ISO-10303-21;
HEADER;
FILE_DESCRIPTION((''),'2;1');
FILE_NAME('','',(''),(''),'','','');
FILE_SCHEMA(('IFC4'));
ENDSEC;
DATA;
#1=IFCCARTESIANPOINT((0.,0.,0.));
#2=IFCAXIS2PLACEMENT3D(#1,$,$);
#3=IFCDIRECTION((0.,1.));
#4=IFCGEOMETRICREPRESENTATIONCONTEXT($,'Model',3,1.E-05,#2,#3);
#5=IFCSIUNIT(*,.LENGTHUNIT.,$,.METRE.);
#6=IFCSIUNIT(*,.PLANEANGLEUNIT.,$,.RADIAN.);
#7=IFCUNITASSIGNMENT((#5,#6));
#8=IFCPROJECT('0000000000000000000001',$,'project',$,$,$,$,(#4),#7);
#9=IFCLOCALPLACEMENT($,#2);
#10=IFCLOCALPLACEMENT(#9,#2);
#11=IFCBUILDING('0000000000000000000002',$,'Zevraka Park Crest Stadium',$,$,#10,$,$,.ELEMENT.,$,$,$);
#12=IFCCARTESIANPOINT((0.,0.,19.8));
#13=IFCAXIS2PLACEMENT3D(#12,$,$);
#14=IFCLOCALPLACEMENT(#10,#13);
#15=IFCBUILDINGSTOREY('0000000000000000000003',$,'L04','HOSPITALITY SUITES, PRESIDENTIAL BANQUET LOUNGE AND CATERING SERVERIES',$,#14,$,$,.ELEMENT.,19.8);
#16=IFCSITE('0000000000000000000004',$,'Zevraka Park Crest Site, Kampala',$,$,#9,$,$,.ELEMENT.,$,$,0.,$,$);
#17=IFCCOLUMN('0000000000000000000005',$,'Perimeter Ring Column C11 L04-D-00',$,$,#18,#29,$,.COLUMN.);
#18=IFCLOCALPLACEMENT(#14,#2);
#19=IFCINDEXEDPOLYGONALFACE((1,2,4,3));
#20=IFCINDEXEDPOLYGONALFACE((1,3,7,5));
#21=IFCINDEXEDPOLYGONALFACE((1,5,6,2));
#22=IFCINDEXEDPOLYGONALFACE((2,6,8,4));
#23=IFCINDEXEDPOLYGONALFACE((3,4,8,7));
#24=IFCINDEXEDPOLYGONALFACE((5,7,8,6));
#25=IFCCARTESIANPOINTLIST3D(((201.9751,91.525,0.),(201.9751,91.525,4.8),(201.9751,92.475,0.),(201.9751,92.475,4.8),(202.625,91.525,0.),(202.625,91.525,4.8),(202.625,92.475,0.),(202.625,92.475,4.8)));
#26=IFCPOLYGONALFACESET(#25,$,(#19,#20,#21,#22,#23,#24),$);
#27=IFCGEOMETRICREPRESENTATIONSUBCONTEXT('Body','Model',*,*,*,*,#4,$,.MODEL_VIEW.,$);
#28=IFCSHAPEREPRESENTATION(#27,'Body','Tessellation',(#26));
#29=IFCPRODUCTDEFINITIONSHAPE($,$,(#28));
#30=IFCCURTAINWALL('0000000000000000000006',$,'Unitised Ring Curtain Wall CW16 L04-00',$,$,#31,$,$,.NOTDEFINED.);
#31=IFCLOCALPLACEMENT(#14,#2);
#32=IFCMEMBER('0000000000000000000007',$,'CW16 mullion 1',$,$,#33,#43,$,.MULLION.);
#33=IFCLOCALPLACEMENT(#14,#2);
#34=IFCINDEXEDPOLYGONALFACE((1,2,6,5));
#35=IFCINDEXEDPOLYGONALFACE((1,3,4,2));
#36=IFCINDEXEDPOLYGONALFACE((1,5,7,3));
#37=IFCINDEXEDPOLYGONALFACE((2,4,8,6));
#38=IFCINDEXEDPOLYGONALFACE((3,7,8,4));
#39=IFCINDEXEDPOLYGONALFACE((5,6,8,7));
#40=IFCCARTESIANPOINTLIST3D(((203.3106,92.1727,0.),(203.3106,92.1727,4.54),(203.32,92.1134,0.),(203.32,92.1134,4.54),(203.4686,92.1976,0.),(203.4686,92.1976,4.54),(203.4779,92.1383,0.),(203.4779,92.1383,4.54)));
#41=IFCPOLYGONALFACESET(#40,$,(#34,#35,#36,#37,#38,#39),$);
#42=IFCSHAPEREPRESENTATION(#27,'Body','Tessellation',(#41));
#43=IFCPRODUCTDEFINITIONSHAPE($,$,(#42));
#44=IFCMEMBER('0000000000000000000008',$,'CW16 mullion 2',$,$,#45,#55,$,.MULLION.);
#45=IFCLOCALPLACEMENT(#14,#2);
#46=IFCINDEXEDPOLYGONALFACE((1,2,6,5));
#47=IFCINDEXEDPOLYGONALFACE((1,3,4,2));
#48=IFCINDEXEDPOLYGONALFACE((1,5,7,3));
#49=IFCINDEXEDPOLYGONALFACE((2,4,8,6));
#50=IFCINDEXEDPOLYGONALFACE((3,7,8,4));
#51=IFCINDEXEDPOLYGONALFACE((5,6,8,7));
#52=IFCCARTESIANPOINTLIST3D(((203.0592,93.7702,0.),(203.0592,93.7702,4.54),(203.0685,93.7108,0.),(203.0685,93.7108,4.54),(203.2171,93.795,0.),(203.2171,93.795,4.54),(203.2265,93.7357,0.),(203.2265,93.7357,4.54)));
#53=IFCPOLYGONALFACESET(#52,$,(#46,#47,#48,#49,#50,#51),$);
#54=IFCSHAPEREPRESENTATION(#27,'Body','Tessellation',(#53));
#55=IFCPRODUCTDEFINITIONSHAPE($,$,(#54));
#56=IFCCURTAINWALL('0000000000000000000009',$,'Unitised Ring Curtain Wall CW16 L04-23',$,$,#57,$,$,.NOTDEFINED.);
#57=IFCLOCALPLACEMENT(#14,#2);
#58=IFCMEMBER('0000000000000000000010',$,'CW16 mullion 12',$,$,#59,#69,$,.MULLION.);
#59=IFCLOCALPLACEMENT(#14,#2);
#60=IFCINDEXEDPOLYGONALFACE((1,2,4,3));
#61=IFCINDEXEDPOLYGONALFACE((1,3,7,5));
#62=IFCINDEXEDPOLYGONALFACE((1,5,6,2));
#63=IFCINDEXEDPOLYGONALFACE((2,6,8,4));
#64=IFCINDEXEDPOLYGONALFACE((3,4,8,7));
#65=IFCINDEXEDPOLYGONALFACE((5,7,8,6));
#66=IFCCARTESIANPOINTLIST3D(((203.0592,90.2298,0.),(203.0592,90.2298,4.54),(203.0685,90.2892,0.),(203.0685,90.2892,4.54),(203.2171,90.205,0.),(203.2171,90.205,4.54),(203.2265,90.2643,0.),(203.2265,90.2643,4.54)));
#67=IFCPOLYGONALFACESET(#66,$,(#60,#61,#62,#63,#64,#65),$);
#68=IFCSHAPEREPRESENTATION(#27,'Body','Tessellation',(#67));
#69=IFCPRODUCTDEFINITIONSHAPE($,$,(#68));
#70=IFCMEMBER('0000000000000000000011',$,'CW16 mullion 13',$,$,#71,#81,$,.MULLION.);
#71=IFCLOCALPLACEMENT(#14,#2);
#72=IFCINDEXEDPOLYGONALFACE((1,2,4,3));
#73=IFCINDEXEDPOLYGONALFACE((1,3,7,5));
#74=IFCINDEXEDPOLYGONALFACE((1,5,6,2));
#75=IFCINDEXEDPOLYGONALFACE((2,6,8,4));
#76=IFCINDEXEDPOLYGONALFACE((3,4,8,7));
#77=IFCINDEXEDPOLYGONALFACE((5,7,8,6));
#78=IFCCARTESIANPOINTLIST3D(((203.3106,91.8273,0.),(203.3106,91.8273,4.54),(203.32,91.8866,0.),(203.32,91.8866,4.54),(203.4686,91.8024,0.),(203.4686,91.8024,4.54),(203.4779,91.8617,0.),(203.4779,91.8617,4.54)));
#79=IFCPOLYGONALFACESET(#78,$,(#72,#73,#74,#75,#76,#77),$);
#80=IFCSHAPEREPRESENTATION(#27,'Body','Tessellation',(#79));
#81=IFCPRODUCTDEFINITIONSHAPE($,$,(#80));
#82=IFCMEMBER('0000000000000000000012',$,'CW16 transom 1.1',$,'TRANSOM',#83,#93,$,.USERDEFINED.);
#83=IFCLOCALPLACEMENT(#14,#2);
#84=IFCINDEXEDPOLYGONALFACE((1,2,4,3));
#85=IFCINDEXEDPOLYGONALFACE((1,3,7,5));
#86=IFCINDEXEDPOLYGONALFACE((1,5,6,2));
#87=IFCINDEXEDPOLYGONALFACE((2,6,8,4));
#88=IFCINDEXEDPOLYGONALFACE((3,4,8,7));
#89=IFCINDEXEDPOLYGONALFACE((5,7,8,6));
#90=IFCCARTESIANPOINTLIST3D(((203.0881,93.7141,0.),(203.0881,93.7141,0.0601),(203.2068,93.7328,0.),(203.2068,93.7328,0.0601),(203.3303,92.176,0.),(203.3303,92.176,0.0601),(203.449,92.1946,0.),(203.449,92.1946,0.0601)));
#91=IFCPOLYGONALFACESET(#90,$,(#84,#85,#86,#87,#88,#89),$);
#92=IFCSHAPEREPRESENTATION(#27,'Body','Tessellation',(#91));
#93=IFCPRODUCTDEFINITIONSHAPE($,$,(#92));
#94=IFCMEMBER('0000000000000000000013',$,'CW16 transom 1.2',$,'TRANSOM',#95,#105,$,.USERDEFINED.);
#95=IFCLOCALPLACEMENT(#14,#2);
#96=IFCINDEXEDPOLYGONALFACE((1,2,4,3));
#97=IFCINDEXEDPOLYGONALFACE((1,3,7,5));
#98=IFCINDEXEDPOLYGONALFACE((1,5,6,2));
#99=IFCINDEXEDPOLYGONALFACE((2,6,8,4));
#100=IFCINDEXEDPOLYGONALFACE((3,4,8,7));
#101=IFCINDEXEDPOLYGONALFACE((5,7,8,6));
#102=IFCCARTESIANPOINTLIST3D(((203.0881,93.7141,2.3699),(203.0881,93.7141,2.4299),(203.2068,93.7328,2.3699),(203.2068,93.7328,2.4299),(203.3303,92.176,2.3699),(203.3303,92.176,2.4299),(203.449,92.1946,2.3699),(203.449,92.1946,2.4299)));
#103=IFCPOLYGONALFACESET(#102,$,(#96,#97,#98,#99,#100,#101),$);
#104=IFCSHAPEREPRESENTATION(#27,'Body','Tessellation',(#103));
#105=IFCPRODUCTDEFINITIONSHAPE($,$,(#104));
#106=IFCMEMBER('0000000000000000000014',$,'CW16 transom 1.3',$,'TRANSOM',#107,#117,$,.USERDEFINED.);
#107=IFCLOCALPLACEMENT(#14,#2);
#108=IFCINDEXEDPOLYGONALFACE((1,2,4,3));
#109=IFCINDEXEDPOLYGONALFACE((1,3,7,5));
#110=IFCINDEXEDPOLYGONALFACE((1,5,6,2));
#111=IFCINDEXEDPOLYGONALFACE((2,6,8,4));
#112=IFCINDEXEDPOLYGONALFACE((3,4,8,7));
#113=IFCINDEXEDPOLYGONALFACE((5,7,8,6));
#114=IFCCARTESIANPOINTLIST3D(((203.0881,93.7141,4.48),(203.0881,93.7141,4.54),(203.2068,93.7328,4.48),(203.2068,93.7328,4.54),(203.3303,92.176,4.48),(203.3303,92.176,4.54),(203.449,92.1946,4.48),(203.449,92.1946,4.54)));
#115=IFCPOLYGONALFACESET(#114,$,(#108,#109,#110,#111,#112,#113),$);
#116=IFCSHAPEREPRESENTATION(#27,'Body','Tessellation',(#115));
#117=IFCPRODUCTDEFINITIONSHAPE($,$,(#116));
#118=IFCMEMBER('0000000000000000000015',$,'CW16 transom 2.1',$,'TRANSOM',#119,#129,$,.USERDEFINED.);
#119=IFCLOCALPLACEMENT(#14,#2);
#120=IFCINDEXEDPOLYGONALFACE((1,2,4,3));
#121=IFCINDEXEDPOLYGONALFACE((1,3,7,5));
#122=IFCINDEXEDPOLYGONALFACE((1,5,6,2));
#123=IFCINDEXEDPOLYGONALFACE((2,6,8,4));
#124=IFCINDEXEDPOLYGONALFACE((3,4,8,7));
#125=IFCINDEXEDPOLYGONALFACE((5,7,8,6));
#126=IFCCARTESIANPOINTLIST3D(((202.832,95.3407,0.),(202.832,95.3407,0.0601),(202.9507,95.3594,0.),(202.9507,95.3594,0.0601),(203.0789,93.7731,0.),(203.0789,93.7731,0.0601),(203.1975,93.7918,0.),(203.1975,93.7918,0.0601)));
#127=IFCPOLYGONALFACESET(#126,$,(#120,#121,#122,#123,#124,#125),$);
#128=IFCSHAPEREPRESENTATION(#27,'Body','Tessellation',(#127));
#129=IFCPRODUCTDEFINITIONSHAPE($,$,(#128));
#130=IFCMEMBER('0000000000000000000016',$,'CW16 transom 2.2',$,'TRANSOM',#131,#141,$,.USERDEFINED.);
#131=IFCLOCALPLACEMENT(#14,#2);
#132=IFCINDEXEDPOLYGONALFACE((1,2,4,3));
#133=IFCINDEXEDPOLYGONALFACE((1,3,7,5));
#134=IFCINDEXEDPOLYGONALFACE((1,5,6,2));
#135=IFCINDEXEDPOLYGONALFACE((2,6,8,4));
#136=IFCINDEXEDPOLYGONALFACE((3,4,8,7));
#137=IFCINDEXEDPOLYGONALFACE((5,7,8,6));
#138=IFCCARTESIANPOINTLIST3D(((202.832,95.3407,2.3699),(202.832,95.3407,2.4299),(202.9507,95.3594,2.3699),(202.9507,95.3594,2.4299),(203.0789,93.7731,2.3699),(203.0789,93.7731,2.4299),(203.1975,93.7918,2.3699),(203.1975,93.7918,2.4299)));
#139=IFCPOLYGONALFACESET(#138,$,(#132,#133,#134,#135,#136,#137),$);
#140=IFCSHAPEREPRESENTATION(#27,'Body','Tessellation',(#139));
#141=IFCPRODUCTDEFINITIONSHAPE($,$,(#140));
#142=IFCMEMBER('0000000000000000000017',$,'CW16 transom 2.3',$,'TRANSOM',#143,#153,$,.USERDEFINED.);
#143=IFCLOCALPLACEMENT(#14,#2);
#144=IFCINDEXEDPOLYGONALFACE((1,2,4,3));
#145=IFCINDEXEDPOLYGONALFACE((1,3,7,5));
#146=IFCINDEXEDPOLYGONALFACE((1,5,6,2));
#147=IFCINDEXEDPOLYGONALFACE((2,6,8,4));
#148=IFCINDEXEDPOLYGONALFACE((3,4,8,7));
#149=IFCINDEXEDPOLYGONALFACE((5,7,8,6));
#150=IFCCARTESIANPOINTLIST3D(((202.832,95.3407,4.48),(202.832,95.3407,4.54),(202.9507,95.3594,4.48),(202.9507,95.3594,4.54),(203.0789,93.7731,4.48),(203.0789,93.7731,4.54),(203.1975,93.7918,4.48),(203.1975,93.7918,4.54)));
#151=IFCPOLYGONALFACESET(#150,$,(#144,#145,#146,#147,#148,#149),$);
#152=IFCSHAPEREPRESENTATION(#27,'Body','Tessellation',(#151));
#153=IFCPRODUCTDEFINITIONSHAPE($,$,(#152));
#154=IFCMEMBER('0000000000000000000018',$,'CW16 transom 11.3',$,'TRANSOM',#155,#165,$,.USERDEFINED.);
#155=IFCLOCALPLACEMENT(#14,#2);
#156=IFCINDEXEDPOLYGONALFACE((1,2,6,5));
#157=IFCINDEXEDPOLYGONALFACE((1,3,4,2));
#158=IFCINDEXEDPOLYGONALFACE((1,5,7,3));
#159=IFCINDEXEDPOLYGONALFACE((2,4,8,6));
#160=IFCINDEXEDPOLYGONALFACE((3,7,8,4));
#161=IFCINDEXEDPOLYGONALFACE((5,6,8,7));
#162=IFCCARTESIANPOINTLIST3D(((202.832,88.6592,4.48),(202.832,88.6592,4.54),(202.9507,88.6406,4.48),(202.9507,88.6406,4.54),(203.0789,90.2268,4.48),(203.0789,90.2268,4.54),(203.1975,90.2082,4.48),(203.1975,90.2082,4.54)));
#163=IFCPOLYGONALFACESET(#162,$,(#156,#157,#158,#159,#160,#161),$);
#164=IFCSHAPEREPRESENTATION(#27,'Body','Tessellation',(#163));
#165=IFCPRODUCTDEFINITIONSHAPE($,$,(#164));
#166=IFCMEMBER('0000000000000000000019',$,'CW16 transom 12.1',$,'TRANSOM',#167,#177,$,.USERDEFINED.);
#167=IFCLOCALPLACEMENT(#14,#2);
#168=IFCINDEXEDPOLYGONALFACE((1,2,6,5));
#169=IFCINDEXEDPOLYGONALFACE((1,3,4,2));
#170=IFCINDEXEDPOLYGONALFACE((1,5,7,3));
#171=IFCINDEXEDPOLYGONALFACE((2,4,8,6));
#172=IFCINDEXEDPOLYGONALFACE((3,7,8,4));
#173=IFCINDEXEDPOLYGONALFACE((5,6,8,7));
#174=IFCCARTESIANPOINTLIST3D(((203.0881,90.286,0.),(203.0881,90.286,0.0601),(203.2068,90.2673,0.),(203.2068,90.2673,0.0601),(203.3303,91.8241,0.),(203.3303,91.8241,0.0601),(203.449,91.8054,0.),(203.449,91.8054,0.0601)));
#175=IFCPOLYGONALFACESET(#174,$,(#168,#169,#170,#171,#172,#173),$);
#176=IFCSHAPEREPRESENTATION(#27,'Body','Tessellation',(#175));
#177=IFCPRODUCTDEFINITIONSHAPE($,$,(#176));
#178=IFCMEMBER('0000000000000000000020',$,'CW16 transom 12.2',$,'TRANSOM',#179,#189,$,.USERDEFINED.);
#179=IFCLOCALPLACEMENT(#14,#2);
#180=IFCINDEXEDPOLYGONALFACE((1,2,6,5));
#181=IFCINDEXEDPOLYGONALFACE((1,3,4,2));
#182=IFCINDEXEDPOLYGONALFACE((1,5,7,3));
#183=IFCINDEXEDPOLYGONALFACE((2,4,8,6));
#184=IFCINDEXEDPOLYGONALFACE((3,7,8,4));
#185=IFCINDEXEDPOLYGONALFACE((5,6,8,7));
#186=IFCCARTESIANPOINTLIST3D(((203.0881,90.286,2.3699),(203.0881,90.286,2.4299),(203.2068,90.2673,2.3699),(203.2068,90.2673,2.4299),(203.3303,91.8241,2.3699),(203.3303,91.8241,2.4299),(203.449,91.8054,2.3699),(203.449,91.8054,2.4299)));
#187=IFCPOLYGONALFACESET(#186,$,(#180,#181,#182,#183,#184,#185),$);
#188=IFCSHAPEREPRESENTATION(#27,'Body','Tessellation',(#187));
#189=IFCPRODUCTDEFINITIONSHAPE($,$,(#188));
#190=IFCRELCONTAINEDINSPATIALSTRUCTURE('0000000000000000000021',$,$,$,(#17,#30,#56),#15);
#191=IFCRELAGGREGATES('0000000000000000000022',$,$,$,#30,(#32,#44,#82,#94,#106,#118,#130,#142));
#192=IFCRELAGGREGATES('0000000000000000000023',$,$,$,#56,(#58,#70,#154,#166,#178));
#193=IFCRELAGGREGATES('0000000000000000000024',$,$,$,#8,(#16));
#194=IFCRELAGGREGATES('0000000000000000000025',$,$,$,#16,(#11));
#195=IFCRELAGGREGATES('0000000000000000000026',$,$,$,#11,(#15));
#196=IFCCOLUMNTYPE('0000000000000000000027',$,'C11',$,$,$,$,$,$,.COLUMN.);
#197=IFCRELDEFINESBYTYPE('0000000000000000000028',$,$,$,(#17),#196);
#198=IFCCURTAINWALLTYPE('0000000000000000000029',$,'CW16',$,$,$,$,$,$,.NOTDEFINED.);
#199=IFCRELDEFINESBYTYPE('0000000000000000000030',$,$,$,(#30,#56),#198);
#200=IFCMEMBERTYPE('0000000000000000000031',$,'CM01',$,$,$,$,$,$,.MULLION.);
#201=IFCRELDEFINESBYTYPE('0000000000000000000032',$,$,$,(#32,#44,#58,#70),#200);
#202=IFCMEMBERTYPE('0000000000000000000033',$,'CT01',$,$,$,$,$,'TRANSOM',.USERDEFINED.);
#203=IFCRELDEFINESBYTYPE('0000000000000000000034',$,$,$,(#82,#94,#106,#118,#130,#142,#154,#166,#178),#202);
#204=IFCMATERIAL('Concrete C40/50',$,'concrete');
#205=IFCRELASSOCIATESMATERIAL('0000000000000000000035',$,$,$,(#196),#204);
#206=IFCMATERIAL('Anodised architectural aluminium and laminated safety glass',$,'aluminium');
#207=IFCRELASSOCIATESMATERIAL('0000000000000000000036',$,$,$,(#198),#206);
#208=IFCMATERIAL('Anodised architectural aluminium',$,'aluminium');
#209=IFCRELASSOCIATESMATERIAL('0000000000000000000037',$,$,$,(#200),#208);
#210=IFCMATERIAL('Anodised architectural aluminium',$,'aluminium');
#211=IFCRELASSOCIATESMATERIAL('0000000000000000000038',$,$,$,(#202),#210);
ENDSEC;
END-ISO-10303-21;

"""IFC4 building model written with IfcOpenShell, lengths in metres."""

from ifc_helpers import new_model, si_unit, direction, frame, origin, origin_2d, place, context, subcontext, project, spatial, rectangle, extrude, material, material_profile, profile_set, type_object, element, aggregate, save


model = new_model("IFC4")

# Units and contexts
model_context = context("Model", 3, precision=1e-05, world=origin(), true_north=direction((0.0, 1.0)))
body_context = subcontext(model_context, "Body", "Model", "MODEL_VIEW")
ifc_project = project(units=[si_unit("LENGTHUNIT", "METRE"), si_unit("PLANEANGLEUNIT", "RADIAN")], contexts=[model_context])

# Site, building, storey
site_placement = place(None, origin())
site = spatial("IfcSite", under=ifc_project, at=site_placement, Name="Zevraka Park Crest Site, Kampala", CompositionType="ELEMENT", RefElevation=0.0)
building_placement = place(site_placement, origin())
building = spatial("IfcBuilding", under=site, at=building_placement, Name="Zevraka Park Crest Stadium", CompositionType="ELEMENT")
storey_placement = place(building_placement, frame((0.0, 0.0, 19.8)))
storey = spatial("IfcBuildingStorey", under=building, at=storey_placement, Name="L04", Description="HOSPITALITY SUITES, PRESIDENTIAL BANQUET LOUNGE AND CATERING SERVERIES", CompositionType="ELEMENT", Elevation=19.8)

# Column
ifc_material_1 = material(Name="Concrete C40/50", Category="concrete")
ifc_material_profile_1 = material_profile(ifc_material_1, rectangle(XDim=0.6499, YDim=0.95, at=origin_2d()), Name="RC 950x650")
ifc_profile_set_1 = profile_set([ifc_material_profile_1], Name="Concrete C40/50")
column_type = type_object("IfcColumnType", Name="C11", PredefinedType="COLUMN", material=ifc_profile_set_1)
column_placement = place(storey_placement, frame((202.3, 92.0, 0.0), z_axis=(0.0, 0.0, 1.0), x_axis=(1.0, 0.0, 0.0)))
element("IfcColumn", 1, at=column_placement, inside=storey, type_object=column_type, Name="Perimeter Ring Column C11 L04-D-00", PredefinedType="COLUMN", context=body_context, shape_type="SweptSolid", body=[
    extrude(rectangle(XDim=0.6499, YDim=0.95, at=origin_2d()), origin(), (0.0, 0.0, 1.0), 4.8),
])

# Curtain walls, members
ifc_material_2 = material(Name="Anodised architectural aluminium and laminated safety glass", Category="aluminium")
curtain_wall_type = type_object("IfcCurtainWallType", Name="CW16", PredefinedType="NOTDEFINED", material=ifc_material_2)
curtain_wall_1_placement = place(storey_placement, origin())
curtain_wall_1 = element("IfcCurtainWall", 2, at=curtain_wall_1_placement, inside=storey, type_object=curtain_wall_type, Name="Unitised Ring Curtain Wall CW16 L04-00", PredefinedType="NOTDEFINED")
ifc_material_3 = material(Name="Anodised architectural aluminium", Category="aluminium")
ifc_material_profile_2 = material_profile(ifc_material_3, rectangle(XDim=0.1599, YDim=0.0601, at=origin_2d()), Name="ALU MULLION 160x60")
ifc_profile_set_2 = profile_set([ifc_material_profile_2], Name="Anodised architectural aluminium")
member_type_1 = type_object("IfcMemberType", Name="CM01", PredefinedType="MULLION", material=ifc_profile_set_2)
member_1_placement = place(storey_placement, frame((203.3943, 92.1555, 0.0), z_axis=(0.0, 0.0, 1.0), x_axis=(-0.98783, -0.155539, 0.0)))
member_1 = element("IfcMember", 3, at=member_1_placement, type_object=member_type_1, Name="CW16 mullion 1", PredefinedType="MULLION", context=body_context, shape_type="SweptSolid", body=[
    extrude(rectangle(XDim=0.1599, YDim=0.0601, at=origin_2d()), origin(), (0.0, 0.0, 1.0), 4.54),
])
member_2_placement = place(storey_placement, frame((203.1428, 93.7529, 0.0), z_axis=(0.0, 0.0, 1.0), x_axis=(-0.98783, -0.155539, 0.0)))
member_2 = element("IfcMember", 4, at=member_2_placement, type_object=member_type_1, Name="CW16 mullion 2", PredefinedType="MULLION", context=body_context, shape_type="SweptSolid", body=[
    extrude(rectangle(XDim=0.1599, YDim=0.0601, at=origin_2d()), origin(), (0.0, 0.0, 1.0), 4.54),
])
curtain_wall_2_placement = place(storey_placement, origin())
curtain_wall_2 = element("IfcCurtainWall", 5, at=curtain_wall_2_placement, inside=storey, type_object=curtain_wall_type, Name="Unitised Ring Curtain Wall CW16 L04-23", PredefinedType="NOTDEFINED")
member_3_placement = place(storey_placement, frame((203.1428, 90.2471, 0.0), z_axis=(0.0, 0.0, 1.0), x_axis=(-0.98783, 0.155539, 0.0)))
member_3 = element("IfcMember", 6, at=member_3_placement, type_object=member_type_1, Name="CW16 mullion 12", PredefinedType="MULLION", context=body_context, shape_type="SweptSolid", body=[
    extrude(rectangle(XDim=0.1599, YDim=0.0601, at=origin_2d()), origin(), (0.0, 0.0, 1.0), 4.54),
])
member_4_placement = place(storey_placement, frame((203.3943, 91.8445, 0.0), z_axis=(0.0, 0.0, 1.0), x_axis=(-0.98783, 0.155539, 0.0)))
member_4 = element("IfcMember", 7, at=member_4_placement, type_object=member_type_1, Name="CW16 mullion 13", PredefinedType="MULLION", context=body_context, shape_type="SweptSolid", body=[
    extrude(rectangle(XDim=0.1599, YDim=0.0601, at=origin_2d()), origin(), (0.0, 0.0, 1.0), 4.54),
])

# Members
ifc_material_4 = material(Name="Anodised architectural aluminium", Category="aluminium")
ifc_material_profile_3 = material_profile(ifc_material_4, rectangle(XDim=0.1201, YDim=0.0601, at=origin_2d()), Name="ALU TRANSOM 120x60")
ifc_profile_set_3 = profile_set([ifc_material_profile_3], Name="Anodised architectural aluminium")
member_type_2 = type_object("IfcMemberType", Name="CT01", ElementType="TRANSOM", PredefinedType="USERDEFINED", material=ifc_profile_set_3)
member_5_placement = place(storey_placement, frame((203.3896, 92.1853, 0.03), z_axis=(-0.155544, 0.987829, 0.0), x_axis=(-0.987829, -0.155544, 0.0)))
member_5 = element("IfcMember", 8, at=member_5_placement, type_object=member_type_2, Name="CW16 transom 1.1", ObjectType="TRANSOM", PredefinedType="USERDEFINED", context=body_context, shape_type="SweptSolid", body=[
    extrude(rectangle(XDim=0.1201, YDim=0.0601, at=origin_2d()), origin(), (0.0, 0.0, 1.0), 1.5571),
])
member_6_placement = place(storey_placement, frame((203.3896, 92.1853, 2.3999), z_axis=(-0.155544, 0.987829, 0.0), x_axis=(-0.987829, -0.155544, 0.0)))
member_6 = element("IfcMember", 9, at=member_6_placement, type_object=member_type_2, Name="CW16 transom 1.2", ObjectType="TRANSOM", PredefinedType="USERDEFINED", context=body_context, shape_type="SweptSolid", body=[
    extrude(rectangle(XDim=0.1201, YDim=0.0601, at=origin_2d()), origin(), (0.0, 0.0, 1.0), 1.5571),
])
member_7_placement = place(storey_placement, frame((203.3896, 92.1853, 4.51), z_axis=(-0.155544, 0.987829, 0.0), x_axis=(-0.987829, -0.155544, 0.0)))
member_7 = element("IfcMember", 10, at=member_7_placement, type_object=member_type_2, Name="CW16 transom 1.3", ObjectType="TRANSOM", PredefinedType="USERDEFINED", context=body_context, shape_type="SweptSolid", body=[
    extrude(rectangle(XDim=0.1201, YDim=0.0601, at=origin_2d()), origin(), (0.0, 0.0, 1.0), 1.5571),
])
member_8_placement = place(storey_placement, frame((203.1382, 93.7825, 0.03), z_axis=(-0.155536, 0.98783, 0.0), x_axis=(-0.98783, -0.155536, 0.0)))
member_8 = element("IfcMember", 11, at=member_8_placement, type_object=member_type_2, Name="CW16 transom 2.1", ObjectType="TRANSOM", PredefinedType="USERDEFINED", context=body_context, shape_type="SweptSolid", body=[
    extrude(rectangle(XDim=0.1201, YDim=0.0601, at=origin_2d()), origin(), (0.0, 0.0, 1.0), 1.5869),
])
member_9_placement = place(storey_placement, frame((203.1382, 93.7825, 2.3999), z_axis=(-0.155536, 0.98783, 0.0), x_axis=(-0.98783, -0.155536, 0.0)))
member_9 = element("IfcMember", 12, at=member_9_placement, type_object=member_type_2, Name="CW16 transom 2.2", ObjectType="TRANSOM", PredefinedType="USERDEFINED", context=body_context, shape_type="SweptSolid", body=[
    extrude(rectangle(XDim=0.1201, YDim=0.0601, at=origin_2d()), origin(), (0.0, 0.0, 1.0), 1.5869),
])
member_10_placement = place(storey_placement, frame((203.1382, 93.7825, 4.51), z_axis=(-0.155536, 0.98783, 0.0), x_axis=(-0.98783, -0.155536, 0.0)))
member_10 = element("IfcMember", 13, at=member_10_placement, type_object=member_type_2, Name="CW16 transom 2.3", ObjectType="TRANSOM", PredefinedType="USERDEFINED", context=body_context, shape_type="SweptSolid", body=[
    extrude(rectangle(XDim=0.1201, YDim=0.0601, at=origin_2d()), origin(), (0.0, 0.0, 1.0), 1.5869),
])
member_11_placement = place(storey_placement, frame((202.8914, 88.6499, 4.51), z_axis=(0.155536, 0.98783, 0.0), x_axis=(-0.98783, 0.155536, 0.0)))
member_11 = element("IfcMember", 14, at=member_11_placement, type_object=member_type_2, Name="CW16 transom 11.3", ObjectType="TRANSOM", PredefinedType="USERDEFINED", context=body_context, shape_type="SweptSolid", body=[
    extrude(rectangle(XDim=0.1201, YDim=0.0601, at=origin_2d()), origin(), (0.0, 0.0, 1.0), 1.5869),
])
member_12_placement = place(storey_placement, frame((203.1475, 90.2766, 0.03), z_axis=(0.155544, 0.987829, 0.0), x_axis=(-0.987829, 0.155544, 0.0)))
member_12 = element("IfcMember", 15, at=member_12_placement, type_object=member_type_2, Name="CW16 transom 12.1", ObjectType="TRANSOM", PredefinedType="USERDEFINED", context=body_context, shape_type="SweptSolid", body=[
    extrude(rectangle(XDim=0.1201, YDim=0.0601, at=origin_2d()), origin(), (0.0, 0.0, 1.0), 1.5571),
])
member_13_placement = place(storey_placement, frame((203.1475, 90.2766, 2.3999), z_axis=(0.155544, 0.987829, 0.0), x_axis=(-0.987829, 0.155544, 0.0)))
member_13 = element("IfcMember", 16, at=member_13_placement, type_object=member_type_2, Name="CW16 transom 12.2", ObjectType="TRANSOM", PredefinedType="USERDEFINED", context=body_context, shape_type="SweptSolid", body=[
    extrude(rectangle(XDim=0.1201, YDim=0.0601, at=origin_2d()), origin(), (0.0, 0.0, 1.0), 1.5571),
])

aggregate(curtain_wall_1, [member_1, member_2, member_5, member_6, member_7, member_8, member_9, member_10])
aggregate(curtain_wall_2, [member_3, member_4, member_11, member_12, member_13])

save(model, "model.ifc")
